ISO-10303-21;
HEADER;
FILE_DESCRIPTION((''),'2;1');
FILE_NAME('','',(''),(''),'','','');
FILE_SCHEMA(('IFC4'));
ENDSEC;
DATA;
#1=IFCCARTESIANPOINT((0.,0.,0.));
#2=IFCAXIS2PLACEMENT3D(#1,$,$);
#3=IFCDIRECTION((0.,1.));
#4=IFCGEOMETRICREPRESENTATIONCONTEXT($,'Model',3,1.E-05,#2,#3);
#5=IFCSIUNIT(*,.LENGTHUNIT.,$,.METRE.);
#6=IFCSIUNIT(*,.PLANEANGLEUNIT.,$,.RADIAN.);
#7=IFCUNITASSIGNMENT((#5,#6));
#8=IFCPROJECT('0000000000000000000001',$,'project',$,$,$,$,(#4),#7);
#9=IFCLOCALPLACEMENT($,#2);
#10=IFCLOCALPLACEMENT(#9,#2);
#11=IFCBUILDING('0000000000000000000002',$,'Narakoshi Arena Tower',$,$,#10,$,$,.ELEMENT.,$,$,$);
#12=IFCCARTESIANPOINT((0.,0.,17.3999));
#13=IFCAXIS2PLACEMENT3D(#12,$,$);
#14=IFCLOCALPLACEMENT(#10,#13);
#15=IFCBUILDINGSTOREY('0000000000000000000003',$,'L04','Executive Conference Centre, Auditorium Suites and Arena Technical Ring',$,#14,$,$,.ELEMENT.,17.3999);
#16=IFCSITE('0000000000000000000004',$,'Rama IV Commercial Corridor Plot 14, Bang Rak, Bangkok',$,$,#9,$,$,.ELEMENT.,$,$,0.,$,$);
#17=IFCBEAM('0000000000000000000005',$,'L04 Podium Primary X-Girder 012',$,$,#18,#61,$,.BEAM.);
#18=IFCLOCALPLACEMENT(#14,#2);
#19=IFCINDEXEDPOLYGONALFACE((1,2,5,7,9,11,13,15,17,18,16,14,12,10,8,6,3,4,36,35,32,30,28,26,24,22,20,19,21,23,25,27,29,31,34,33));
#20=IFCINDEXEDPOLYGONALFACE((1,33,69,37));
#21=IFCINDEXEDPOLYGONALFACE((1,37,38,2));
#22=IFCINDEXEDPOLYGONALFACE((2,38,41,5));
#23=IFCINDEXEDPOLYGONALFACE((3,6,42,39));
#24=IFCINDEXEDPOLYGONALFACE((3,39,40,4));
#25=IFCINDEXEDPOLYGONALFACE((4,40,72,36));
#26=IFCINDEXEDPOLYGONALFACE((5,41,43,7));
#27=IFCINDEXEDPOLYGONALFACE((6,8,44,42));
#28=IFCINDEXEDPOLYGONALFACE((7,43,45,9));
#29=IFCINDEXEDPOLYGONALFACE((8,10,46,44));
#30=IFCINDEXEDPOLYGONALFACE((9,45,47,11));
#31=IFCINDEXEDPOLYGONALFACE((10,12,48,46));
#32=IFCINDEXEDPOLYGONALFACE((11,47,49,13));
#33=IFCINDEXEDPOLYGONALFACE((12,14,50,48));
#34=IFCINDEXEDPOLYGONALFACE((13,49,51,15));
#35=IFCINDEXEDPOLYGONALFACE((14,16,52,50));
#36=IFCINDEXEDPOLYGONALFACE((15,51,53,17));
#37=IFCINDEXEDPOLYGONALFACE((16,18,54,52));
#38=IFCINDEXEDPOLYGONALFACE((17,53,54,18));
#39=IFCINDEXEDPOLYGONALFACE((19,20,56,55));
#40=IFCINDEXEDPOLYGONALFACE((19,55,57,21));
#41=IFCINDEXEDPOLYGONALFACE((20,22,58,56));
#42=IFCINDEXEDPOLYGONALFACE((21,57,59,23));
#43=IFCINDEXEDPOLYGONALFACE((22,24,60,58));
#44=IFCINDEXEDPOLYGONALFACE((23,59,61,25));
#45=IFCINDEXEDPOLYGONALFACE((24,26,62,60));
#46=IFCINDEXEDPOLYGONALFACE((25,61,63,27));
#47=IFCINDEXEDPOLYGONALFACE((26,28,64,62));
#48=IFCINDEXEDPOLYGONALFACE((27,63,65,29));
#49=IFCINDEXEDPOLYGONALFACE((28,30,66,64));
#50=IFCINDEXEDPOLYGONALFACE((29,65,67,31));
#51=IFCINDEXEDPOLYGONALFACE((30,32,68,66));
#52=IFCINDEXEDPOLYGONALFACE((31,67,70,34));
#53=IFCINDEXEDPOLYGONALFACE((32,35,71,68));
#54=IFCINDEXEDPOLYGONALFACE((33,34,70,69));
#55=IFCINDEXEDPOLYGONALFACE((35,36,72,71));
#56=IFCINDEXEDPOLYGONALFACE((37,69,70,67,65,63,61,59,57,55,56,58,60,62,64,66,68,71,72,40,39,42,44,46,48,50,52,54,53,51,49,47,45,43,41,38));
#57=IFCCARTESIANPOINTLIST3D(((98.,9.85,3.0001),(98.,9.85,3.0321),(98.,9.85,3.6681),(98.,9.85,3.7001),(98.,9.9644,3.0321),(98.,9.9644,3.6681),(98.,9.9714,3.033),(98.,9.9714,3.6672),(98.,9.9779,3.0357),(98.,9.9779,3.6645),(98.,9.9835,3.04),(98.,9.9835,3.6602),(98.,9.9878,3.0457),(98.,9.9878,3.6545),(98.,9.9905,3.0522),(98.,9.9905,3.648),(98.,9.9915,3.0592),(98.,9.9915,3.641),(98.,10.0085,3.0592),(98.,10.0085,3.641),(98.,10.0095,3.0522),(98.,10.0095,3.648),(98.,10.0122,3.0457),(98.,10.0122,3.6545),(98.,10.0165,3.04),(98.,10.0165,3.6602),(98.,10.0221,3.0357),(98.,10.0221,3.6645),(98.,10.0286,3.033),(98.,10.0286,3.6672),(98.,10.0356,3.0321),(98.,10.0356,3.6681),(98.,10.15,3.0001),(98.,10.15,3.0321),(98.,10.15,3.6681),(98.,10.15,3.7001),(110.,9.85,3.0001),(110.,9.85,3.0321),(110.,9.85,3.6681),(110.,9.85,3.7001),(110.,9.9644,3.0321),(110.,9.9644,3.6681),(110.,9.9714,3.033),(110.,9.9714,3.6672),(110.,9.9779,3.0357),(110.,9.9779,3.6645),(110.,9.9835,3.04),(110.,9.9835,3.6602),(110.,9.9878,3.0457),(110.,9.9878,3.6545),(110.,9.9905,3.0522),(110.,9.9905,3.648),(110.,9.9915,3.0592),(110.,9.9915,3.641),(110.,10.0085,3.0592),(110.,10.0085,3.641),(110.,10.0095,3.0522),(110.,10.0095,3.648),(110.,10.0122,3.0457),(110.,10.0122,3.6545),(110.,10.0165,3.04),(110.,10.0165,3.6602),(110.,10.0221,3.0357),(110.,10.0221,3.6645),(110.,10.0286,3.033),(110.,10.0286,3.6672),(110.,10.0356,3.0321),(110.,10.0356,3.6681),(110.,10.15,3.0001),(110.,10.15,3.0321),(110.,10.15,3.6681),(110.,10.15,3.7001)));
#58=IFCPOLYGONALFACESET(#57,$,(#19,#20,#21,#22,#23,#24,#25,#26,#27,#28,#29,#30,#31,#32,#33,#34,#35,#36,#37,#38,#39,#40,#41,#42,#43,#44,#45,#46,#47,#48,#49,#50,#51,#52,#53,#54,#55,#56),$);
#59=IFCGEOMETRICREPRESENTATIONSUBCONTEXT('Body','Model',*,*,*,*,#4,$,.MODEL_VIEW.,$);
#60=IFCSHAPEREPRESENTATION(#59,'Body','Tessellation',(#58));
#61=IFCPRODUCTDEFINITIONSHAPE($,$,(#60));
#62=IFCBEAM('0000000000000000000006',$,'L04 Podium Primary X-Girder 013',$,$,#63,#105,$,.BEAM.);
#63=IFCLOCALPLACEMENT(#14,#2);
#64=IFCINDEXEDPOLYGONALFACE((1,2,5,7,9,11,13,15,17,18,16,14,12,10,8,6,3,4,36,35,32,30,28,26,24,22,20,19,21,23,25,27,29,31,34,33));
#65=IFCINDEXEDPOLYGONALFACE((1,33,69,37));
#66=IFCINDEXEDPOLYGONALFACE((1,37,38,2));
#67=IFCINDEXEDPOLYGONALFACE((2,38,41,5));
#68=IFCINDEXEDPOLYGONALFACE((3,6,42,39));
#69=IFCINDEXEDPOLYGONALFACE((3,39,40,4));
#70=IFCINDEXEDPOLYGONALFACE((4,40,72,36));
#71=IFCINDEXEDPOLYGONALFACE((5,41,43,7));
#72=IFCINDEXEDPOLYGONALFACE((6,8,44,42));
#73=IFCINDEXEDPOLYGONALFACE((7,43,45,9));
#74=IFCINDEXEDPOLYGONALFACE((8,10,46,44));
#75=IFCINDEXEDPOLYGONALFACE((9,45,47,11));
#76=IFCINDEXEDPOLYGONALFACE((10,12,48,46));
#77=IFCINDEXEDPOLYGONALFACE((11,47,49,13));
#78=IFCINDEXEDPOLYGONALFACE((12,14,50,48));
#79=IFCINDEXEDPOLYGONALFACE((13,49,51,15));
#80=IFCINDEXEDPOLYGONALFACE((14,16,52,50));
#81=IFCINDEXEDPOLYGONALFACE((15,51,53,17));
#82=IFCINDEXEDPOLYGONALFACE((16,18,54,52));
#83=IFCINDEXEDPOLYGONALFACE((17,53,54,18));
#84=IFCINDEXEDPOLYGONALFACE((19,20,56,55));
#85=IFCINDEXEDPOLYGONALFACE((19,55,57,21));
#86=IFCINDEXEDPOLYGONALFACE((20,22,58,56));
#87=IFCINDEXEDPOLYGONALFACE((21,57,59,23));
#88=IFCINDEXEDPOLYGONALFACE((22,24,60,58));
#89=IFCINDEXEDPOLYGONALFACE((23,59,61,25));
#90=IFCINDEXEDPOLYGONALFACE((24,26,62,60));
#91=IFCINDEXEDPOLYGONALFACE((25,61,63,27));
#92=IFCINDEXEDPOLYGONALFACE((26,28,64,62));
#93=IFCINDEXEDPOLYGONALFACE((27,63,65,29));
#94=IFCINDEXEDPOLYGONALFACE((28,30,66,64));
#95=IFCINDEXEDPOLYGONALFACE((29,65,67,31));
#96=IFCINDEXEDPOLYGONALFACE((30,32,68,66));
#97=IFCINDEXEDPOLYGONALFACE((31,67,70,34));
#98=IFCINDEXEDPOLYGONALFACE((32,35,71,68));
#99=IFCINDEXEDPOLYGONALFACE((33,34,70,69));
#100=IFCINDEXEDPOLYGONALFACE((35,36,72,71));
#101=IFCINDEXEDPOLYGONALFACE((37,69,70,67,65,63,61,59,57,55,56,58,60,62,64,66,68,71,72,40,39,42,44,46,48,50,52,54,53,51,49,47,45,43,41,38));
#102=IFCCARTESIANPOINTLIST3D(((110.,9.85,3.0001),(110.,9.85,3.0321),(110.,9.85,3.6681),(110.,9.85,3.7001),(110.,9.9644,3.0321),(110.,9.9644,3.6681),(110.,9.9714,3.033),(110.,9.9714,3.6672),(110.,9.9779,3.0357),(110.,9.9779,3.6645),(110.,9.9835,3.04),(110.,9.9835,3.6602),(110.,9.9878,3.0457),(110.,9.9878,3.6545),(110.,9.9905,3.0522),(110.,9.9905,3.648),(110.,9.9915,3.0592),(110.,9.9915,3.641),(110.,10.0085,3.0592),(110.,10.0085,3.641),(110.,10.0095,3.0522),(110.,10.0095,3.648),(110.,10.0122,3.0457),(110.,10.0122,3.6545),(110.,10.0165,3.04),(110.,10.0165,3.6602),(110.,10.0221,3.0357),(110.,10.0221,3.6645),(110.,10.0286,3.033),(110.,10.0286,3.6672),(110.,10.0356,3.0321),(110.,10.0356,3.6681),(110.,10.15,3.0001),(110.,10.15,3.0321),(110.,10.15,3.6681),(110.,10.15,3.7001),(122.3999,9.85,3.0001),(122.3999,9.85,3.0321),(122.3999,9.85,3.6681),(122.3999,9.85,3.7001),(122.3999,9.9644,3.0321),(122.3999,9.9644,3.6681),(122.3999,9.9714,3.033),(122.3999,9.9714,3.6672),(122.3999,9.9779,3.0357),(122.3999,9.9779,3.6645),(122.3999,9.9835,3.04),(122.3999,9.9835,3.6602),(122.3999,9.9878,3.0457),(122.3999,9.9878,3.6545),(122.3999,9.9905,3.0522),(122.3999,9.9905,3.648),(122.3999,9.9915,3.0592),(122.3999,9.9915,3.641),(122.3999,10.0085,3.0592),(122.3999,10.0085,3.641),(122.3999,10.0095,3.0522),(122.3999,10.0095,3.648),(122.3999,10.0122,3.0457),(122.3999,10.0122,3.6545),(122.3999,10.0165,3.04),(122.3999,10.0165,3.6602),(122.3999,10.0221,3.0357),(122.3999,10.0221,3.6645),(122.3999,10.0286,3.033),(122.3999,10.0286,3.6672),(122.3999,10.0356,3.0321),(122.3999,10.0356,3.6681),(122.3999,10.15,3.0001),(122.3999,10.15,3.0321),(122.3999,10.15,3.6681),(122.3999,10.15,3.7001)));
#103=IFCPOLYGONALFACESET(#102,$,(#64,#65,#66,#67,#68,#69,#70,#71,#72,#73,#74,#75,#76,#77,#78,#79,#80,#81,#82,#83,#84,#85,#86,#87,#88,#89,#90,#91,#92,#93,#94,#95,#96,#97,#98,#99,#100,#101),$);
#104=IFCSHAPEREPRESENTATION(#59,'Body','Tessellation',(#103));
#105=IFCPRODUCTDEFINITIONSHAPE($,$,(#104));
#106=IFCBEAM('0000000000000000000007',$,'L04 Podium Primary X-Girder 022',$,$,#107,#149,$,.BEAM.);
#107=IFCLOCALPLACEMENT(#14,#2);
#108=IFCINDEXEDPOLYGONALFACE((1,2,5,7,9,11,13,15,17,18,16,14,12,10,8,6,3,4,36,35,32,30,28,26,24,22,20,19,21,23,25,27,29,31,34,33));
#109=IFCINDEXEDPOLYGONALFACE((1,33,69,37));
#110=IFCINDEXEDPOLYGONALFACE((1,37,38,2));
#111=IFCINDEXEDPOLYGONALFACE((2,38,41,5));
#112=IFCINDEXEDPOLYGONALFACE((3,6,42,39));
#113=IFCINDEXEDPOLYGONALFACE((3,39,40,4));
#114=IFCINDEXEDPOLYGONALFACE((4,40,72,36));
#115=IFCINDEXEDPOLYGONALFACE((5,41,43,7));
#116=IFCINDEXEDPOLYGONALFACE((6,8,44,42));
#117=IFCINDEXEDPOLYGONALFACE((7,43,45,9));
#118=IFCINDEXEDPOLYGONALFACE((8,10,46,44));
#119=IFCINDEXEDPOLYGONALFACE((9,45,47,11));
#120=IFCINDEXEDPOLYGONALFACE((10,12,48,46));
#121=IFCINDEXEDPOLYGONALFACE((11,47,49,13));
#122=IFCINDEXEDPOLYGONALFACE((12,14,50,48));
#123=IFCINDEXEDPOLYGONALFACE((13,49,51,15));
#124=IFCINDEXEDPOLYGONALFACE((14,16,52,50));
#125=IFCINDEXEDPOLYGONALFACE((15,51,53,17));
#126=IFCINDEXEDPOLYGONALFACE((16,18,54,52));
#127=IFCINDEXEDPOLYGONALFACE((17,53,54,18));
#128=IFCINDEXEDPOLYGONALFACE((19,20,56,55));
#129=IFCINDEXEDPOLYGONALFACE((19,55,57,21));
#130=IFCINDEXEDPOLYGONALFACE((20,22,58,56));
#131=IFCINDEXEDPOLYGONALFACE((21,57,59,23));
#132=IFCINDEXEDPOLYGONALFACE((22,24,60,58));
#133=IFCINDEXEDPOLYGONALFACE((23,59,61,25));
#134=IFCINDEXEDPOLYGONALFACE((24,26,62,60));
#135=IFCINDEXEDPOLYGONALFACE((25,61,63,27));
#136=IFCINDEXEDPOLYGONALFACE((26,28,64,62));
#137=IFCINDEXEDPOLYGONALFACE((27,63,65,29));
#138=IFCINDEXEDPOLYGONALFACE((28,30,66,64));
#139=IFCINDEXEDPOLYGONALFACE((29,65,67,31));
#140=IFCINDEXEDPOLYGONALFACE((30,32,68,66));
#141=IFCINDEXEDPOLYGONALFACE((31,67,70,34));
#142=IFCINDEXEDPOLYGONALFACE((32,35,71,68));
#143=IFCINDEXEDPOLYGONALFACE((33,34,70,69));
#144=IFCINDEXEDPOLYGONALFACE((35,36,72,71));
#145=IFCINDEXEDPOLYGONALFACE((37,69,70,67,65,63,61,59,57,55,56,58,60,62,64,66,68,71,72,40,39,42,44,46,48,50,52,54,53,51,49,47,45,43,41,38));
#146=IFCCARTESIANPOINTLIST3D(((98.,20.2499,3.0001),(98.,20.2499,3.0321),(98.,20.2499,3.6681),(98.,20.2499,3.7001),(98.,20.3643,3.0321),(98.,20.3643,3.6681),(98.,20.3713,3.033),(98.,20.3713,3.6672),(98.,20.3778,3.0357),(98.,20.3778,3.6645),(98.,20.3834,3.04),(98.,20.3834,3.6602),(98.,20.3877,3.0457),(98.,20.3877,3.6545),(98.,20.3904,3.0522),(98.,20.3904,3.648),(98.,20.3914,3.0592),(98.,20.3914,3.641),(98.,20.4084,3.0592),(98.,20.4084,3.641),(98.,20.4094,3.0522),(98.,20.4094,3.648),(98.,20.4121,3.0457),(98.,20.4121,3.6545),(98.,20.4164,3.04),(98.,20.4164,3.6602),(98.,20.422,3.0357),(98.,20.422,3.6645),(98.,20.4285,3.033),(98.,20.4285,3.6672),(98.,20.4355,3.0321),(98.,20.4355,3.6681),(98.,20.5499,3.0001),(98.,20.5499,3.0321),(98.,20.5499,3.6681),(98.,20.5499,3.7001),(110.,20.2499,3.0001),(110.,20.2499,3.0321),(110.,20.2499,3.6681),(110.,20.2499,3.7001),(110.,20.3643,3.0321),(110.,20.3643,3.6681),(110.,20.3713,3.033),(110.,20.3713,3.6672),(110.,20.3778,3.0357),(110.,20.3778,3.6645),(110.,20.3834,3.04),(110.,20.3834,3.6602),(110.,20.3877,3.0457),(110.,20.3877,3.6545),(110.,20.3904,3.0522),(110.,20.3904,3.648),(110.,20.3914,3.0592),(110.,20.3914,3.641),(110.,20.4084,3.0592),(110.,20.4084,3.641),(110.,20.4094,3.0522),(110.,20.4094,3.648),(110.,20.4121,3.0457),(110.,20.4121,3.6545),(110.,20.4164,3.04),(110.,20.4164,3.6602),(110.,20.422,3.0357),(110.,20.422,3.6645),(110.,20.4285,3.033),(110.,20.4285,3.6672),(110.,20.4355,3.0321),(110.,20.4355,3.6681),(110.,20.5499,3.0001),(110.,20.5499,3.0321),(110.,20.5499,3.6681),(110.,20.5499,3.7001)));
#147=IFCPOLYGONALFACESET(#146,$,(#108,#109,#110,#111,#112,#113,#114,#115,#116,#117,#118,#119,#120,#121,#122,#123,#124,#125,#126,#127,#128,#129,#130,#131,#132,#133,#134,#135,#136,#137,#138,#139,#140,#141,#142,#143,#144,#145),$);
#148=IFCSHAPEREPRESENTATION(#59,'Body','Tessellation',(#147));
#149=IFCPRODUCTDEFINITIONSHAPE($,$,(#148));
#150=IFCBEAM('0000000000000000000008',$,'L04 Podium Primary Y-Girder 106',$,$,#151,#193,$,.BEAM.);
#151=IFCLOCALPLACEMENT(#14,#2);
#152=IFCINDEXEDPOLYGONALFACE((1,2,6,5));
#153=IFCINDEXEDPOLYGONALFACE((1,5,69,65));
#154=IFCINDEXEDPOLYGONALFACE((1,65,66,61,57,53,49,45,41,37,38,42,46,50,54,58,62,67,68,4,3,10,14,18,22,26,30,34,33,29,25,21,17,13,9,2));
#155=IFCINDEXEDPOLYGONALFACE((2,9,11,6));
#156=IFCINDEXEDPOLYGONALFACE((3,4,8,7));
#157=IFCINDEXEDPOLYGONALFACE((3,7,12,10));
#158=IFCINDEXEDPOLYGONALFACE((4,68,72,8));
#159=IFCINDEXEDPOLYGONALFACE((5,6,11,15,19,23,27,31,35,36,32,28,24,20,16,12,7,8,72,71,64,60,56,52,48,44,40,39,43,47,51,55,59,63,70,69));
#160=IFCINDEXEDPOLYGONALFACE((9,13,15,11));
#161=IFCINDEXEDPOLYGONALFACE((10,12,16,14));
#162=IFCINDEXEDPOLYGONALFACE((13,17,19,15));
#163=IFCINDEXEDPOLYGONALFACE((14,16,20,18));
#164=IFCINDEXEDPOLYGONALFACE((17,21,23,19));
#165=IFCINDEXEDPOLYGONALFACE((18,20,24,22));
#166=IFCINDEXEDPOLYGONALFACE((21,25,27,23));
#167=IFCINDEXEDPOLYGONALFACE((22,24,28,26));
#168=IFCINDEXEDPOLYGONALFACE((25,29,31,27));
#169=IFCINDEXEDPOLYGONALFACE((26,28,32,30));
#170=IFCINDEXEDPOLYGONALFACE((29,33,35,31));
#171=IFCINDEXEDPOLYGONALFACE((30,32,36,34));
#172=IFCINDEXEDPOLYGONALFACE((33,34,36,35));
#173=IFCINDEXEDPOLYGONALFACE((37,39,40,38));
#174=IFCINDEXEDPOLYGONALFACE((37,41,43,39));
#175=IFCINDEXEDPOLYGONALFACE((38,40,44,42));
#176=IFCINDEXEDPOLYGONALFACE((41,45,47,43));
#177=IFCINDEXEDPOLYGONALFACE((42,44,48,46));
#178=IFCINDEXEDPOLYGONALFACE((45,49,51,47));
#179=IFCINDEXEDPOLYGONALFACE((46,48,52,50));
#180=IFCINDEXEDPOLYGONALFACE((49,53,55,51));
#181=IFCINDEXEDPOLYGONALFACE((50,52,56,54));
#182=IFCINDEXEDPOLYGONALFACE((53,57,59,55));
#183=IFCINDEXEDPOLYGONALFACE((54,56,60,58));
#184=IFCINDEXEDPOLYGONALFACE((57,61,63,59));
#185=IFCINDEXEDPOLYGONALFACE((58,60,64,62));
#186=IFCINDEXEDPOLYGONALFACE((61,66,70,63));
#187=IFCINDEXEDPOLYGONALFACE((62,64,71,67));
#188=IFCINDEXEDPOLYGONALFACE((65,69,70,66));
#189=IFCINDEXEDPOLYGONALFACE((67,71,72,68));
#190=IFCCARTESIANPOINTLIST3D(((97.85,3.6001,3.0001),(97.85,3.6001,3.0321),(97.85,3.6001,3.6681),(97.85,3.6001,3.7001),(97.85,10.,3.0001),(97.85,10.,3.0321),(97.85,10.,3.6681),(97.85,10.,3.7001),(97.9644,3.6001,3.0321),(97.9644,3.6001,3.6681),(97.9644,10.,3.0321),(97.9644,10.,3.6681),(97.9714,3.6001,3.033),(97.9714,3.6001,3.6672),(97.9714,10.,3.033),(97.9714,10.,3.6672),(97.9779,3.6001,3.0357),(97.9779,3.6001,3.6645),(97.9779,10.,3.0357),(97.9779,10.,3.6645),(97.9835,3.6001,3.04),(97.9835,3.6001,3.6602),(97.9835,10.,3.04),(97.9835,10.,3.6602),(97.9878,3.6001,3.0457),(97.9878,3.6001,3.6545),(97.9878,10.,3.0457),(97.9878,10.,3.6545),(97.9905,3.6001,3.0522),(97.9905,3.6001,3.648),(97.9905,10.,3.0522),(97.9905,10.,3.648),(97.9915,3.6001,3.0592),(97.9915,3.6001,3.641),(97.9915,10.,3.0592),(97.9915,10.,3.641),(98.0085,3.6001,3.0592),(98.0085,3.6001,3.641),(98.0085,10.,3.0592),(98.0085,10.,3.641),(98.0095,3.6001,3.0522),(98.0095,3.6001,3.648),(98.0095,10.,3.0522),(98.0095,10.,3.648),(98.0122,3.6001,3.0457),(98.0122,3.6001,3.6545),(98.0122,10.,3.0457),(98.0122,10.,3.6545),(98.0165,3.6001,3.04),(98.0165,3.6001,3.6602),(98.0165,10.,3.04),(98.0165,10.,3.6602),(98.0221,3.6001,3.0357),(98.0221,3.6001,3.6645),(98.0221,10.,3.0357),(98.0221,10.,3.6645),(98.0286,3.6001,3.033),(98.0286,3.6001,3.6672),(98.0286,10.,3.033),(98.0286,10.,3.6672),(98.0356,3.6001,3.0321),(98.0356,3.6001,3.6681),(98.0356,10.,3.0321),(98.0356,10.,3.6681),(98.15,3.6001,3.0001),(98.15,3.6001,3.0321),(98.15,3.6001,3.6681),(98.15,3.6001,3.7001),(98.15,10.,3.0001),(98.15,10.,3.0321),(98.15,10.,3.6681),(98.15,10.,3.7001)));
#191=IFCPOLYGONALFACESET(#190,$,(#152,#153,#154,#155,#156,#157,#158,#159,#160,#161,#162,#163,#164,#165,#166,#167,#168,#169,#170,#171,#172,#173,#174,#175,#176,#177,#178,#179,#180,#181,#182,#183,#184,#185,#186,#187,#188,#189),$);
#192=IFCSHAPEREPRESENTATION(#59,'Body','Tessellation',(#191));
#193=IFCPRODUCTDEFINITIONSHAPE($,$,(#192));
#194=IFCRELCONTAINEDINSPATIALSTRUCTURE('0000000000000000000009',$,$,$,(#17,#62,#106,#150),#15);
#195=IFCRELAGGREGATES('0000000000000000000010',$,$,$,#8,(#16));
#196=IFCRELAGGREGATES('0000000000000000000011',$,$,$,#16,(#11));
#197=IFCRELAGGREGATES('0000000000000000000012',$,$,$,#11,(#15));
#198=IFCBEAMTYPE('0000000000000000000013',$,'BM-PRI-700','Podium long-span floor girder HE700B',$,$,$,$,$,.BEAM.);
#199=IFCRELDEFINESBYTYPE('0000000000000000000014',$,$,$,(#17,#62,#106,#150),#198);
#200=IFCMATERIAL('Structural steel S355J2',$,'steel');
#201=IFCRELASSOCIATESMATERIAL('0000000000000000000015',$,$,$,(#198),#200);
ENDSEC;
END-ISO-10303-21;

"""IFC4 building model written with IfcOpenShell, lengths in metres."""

from ifc_helpers import new_model, si_unit, direction, frame, origin, origin_2d, place, context, subcontext, project, spatial, i_section, extrude, material, material_profile, profile_set, type_object, element, save


model = new_model("IFC4")

# Units and contexts
model_context = context("Model", 3, precision=1e-05, world=origin(), true_north=direction((0.0, 1.0)))
body_context = subcontext(model_context, "Body", "Model", "MODEL_VIEW")
ifc_project = project(units=[si_unit("LENGTHUNIT", "METRE"), si_unit("PLANEANGLEUNIT", "RADIAN")], contexts=[model_context])

# Site, building, storey
site_placement = place(None, origin())
site = spatial("IfcSite", under=ifc_project, at=site_placement, Name="Rama IV Commercial Corridor Plot 14, Bang Rak, Bangkok", CompositionType="ELEMENT", RefElevation=0.0)
building_placement = place(site_placement, origin())
building = spatial("IfcBuilding", under=site, at=building_placement, Name="Narakoshi Arena Tower", CompositionType="ELEMENT")
storey_placement = place(building_placement, frame((0.0, 0.0, 17.3999)))
storey = spatial("IfcBuildingStorey", under=building, at=storey_placement, Name="L04", Description="Executive Conference Centre, Auditorium Suites and Arena Technical Ring", CompositionType="ELEMENT", Elevation=17.3999)

# Beams
ifc_material_1 = material(Name="Structural steel S355J2", Category="steel")
ifc_material_profile_1 = material_profile(ifc_material_1, i_section(OverallWidth=0.3, OverallDepth=0.7, WebThickness=0.0171, FlangeThickness=0.032, FilletRadius=0.0271, at=origin_2d()), Name="HE700B")
ifc_profile_set_1 = profile_set([ifc_material_profile_1], Name="Structural steel S355J2")
beam_type_1 = type_object("IfcBeamType", Name="BM-PRI-700", Description="Podium long-span floor girder HE700B", PredefinedType="BEAM", material=ifc_profile_set_1)
beam_1_placement = place(storey_placement, frame((98.0, 10.0, 3.3501), z_axis=(1.0, 0.0, 0.0), x_axis=(0.0, 1.0, 0.0)))
element("IfcBeam", 1, at=beam_1_placement, inside=storey, type_object=beam_type_1, Name="L04 Podium Primary X-Girder 012", PredefinedType="BEAM", context=body_context, shape_type="SweptSolid", body=[
    extrude(i_section(OverallWidth=0.3, OverallDepth=0.7, WebThickness=0.0171, FlangeThickness=0.032, FilletRadius=0.0271, at=origin_2d()), origin(), (0.0, 0.0, 1.0), 12.0),
])
beam_2_placement = place(storey_placement, frame((110.0, 10.0, 3.3501), z_axis=(1.0, 0.0, 0.0), x_axis=(0.0, 1.0, 0.0)))
element("IfcBeam", 2, at=beam_2_placement, inside=storey, type_object=beam_type_1, Name="L04 Podium Primary X-Girder 013", PredefinedType="BEAM", context=body_context, shape_type="SweptSolid", body=[
    extrude(i_section(OverallWidth=0.3, OverallDepth=0.7, WebThickness=0.0171, FlangeThickness=0.032, FilletRadius=0.0271, at=origin_2d()), origin(), (0.0, 0.0, 1.0), 12.3999),
])
beam_3_placement = place(storey_placement, frame((98.0, 20.3999, 3.3501), z_axis=(1.0, 0.0, 0.0), x_axis=(0.0, 1.0, 0.0)))
element("IfcBeam", 3, at=beam_3_placement, inside=storey, type_object=beam_type_1, Name="L04 Podium Primary X-Girder 022", PredefinedType="BEAM", context=body_context, shape_type="SweptSolid", body=[
    extrude(i_section(OverallWidth=0.3, OverallDepth=0.7, WebThickness=0.0171, FlangeThickness=0.032, FilletRadius=0.0271, at=origin_2d()), origin(), (0.0, 0.0, 1.0), 12.0),
])
beam_4_placement = place(storey_placement, frame((98.0, 3.6001, 3.3501), z_axis=(0.0, 1.0, 0.0), x_axis=(-1.0, 0.0, 0.0)))
element("IfcBeam", 4, at=beam_4_placement, inside=storey, type_object=beam_type_1, Name="L04 Podium Primary Y-Girder 106", PredefinedType="BEAM", context=body_context, shape_type="SweptSolid", body=[
    extrude(i_section(OverallWidth=0.3, OverallDepth=0.7, WebThickness=0.0171, FlangeThickness=0.032, FilletRadius=0.0271, at=origin_2d()), origin(), (0.0, 0.0, 1.0), 6.3999),
])

save(model, "model.ifc")
